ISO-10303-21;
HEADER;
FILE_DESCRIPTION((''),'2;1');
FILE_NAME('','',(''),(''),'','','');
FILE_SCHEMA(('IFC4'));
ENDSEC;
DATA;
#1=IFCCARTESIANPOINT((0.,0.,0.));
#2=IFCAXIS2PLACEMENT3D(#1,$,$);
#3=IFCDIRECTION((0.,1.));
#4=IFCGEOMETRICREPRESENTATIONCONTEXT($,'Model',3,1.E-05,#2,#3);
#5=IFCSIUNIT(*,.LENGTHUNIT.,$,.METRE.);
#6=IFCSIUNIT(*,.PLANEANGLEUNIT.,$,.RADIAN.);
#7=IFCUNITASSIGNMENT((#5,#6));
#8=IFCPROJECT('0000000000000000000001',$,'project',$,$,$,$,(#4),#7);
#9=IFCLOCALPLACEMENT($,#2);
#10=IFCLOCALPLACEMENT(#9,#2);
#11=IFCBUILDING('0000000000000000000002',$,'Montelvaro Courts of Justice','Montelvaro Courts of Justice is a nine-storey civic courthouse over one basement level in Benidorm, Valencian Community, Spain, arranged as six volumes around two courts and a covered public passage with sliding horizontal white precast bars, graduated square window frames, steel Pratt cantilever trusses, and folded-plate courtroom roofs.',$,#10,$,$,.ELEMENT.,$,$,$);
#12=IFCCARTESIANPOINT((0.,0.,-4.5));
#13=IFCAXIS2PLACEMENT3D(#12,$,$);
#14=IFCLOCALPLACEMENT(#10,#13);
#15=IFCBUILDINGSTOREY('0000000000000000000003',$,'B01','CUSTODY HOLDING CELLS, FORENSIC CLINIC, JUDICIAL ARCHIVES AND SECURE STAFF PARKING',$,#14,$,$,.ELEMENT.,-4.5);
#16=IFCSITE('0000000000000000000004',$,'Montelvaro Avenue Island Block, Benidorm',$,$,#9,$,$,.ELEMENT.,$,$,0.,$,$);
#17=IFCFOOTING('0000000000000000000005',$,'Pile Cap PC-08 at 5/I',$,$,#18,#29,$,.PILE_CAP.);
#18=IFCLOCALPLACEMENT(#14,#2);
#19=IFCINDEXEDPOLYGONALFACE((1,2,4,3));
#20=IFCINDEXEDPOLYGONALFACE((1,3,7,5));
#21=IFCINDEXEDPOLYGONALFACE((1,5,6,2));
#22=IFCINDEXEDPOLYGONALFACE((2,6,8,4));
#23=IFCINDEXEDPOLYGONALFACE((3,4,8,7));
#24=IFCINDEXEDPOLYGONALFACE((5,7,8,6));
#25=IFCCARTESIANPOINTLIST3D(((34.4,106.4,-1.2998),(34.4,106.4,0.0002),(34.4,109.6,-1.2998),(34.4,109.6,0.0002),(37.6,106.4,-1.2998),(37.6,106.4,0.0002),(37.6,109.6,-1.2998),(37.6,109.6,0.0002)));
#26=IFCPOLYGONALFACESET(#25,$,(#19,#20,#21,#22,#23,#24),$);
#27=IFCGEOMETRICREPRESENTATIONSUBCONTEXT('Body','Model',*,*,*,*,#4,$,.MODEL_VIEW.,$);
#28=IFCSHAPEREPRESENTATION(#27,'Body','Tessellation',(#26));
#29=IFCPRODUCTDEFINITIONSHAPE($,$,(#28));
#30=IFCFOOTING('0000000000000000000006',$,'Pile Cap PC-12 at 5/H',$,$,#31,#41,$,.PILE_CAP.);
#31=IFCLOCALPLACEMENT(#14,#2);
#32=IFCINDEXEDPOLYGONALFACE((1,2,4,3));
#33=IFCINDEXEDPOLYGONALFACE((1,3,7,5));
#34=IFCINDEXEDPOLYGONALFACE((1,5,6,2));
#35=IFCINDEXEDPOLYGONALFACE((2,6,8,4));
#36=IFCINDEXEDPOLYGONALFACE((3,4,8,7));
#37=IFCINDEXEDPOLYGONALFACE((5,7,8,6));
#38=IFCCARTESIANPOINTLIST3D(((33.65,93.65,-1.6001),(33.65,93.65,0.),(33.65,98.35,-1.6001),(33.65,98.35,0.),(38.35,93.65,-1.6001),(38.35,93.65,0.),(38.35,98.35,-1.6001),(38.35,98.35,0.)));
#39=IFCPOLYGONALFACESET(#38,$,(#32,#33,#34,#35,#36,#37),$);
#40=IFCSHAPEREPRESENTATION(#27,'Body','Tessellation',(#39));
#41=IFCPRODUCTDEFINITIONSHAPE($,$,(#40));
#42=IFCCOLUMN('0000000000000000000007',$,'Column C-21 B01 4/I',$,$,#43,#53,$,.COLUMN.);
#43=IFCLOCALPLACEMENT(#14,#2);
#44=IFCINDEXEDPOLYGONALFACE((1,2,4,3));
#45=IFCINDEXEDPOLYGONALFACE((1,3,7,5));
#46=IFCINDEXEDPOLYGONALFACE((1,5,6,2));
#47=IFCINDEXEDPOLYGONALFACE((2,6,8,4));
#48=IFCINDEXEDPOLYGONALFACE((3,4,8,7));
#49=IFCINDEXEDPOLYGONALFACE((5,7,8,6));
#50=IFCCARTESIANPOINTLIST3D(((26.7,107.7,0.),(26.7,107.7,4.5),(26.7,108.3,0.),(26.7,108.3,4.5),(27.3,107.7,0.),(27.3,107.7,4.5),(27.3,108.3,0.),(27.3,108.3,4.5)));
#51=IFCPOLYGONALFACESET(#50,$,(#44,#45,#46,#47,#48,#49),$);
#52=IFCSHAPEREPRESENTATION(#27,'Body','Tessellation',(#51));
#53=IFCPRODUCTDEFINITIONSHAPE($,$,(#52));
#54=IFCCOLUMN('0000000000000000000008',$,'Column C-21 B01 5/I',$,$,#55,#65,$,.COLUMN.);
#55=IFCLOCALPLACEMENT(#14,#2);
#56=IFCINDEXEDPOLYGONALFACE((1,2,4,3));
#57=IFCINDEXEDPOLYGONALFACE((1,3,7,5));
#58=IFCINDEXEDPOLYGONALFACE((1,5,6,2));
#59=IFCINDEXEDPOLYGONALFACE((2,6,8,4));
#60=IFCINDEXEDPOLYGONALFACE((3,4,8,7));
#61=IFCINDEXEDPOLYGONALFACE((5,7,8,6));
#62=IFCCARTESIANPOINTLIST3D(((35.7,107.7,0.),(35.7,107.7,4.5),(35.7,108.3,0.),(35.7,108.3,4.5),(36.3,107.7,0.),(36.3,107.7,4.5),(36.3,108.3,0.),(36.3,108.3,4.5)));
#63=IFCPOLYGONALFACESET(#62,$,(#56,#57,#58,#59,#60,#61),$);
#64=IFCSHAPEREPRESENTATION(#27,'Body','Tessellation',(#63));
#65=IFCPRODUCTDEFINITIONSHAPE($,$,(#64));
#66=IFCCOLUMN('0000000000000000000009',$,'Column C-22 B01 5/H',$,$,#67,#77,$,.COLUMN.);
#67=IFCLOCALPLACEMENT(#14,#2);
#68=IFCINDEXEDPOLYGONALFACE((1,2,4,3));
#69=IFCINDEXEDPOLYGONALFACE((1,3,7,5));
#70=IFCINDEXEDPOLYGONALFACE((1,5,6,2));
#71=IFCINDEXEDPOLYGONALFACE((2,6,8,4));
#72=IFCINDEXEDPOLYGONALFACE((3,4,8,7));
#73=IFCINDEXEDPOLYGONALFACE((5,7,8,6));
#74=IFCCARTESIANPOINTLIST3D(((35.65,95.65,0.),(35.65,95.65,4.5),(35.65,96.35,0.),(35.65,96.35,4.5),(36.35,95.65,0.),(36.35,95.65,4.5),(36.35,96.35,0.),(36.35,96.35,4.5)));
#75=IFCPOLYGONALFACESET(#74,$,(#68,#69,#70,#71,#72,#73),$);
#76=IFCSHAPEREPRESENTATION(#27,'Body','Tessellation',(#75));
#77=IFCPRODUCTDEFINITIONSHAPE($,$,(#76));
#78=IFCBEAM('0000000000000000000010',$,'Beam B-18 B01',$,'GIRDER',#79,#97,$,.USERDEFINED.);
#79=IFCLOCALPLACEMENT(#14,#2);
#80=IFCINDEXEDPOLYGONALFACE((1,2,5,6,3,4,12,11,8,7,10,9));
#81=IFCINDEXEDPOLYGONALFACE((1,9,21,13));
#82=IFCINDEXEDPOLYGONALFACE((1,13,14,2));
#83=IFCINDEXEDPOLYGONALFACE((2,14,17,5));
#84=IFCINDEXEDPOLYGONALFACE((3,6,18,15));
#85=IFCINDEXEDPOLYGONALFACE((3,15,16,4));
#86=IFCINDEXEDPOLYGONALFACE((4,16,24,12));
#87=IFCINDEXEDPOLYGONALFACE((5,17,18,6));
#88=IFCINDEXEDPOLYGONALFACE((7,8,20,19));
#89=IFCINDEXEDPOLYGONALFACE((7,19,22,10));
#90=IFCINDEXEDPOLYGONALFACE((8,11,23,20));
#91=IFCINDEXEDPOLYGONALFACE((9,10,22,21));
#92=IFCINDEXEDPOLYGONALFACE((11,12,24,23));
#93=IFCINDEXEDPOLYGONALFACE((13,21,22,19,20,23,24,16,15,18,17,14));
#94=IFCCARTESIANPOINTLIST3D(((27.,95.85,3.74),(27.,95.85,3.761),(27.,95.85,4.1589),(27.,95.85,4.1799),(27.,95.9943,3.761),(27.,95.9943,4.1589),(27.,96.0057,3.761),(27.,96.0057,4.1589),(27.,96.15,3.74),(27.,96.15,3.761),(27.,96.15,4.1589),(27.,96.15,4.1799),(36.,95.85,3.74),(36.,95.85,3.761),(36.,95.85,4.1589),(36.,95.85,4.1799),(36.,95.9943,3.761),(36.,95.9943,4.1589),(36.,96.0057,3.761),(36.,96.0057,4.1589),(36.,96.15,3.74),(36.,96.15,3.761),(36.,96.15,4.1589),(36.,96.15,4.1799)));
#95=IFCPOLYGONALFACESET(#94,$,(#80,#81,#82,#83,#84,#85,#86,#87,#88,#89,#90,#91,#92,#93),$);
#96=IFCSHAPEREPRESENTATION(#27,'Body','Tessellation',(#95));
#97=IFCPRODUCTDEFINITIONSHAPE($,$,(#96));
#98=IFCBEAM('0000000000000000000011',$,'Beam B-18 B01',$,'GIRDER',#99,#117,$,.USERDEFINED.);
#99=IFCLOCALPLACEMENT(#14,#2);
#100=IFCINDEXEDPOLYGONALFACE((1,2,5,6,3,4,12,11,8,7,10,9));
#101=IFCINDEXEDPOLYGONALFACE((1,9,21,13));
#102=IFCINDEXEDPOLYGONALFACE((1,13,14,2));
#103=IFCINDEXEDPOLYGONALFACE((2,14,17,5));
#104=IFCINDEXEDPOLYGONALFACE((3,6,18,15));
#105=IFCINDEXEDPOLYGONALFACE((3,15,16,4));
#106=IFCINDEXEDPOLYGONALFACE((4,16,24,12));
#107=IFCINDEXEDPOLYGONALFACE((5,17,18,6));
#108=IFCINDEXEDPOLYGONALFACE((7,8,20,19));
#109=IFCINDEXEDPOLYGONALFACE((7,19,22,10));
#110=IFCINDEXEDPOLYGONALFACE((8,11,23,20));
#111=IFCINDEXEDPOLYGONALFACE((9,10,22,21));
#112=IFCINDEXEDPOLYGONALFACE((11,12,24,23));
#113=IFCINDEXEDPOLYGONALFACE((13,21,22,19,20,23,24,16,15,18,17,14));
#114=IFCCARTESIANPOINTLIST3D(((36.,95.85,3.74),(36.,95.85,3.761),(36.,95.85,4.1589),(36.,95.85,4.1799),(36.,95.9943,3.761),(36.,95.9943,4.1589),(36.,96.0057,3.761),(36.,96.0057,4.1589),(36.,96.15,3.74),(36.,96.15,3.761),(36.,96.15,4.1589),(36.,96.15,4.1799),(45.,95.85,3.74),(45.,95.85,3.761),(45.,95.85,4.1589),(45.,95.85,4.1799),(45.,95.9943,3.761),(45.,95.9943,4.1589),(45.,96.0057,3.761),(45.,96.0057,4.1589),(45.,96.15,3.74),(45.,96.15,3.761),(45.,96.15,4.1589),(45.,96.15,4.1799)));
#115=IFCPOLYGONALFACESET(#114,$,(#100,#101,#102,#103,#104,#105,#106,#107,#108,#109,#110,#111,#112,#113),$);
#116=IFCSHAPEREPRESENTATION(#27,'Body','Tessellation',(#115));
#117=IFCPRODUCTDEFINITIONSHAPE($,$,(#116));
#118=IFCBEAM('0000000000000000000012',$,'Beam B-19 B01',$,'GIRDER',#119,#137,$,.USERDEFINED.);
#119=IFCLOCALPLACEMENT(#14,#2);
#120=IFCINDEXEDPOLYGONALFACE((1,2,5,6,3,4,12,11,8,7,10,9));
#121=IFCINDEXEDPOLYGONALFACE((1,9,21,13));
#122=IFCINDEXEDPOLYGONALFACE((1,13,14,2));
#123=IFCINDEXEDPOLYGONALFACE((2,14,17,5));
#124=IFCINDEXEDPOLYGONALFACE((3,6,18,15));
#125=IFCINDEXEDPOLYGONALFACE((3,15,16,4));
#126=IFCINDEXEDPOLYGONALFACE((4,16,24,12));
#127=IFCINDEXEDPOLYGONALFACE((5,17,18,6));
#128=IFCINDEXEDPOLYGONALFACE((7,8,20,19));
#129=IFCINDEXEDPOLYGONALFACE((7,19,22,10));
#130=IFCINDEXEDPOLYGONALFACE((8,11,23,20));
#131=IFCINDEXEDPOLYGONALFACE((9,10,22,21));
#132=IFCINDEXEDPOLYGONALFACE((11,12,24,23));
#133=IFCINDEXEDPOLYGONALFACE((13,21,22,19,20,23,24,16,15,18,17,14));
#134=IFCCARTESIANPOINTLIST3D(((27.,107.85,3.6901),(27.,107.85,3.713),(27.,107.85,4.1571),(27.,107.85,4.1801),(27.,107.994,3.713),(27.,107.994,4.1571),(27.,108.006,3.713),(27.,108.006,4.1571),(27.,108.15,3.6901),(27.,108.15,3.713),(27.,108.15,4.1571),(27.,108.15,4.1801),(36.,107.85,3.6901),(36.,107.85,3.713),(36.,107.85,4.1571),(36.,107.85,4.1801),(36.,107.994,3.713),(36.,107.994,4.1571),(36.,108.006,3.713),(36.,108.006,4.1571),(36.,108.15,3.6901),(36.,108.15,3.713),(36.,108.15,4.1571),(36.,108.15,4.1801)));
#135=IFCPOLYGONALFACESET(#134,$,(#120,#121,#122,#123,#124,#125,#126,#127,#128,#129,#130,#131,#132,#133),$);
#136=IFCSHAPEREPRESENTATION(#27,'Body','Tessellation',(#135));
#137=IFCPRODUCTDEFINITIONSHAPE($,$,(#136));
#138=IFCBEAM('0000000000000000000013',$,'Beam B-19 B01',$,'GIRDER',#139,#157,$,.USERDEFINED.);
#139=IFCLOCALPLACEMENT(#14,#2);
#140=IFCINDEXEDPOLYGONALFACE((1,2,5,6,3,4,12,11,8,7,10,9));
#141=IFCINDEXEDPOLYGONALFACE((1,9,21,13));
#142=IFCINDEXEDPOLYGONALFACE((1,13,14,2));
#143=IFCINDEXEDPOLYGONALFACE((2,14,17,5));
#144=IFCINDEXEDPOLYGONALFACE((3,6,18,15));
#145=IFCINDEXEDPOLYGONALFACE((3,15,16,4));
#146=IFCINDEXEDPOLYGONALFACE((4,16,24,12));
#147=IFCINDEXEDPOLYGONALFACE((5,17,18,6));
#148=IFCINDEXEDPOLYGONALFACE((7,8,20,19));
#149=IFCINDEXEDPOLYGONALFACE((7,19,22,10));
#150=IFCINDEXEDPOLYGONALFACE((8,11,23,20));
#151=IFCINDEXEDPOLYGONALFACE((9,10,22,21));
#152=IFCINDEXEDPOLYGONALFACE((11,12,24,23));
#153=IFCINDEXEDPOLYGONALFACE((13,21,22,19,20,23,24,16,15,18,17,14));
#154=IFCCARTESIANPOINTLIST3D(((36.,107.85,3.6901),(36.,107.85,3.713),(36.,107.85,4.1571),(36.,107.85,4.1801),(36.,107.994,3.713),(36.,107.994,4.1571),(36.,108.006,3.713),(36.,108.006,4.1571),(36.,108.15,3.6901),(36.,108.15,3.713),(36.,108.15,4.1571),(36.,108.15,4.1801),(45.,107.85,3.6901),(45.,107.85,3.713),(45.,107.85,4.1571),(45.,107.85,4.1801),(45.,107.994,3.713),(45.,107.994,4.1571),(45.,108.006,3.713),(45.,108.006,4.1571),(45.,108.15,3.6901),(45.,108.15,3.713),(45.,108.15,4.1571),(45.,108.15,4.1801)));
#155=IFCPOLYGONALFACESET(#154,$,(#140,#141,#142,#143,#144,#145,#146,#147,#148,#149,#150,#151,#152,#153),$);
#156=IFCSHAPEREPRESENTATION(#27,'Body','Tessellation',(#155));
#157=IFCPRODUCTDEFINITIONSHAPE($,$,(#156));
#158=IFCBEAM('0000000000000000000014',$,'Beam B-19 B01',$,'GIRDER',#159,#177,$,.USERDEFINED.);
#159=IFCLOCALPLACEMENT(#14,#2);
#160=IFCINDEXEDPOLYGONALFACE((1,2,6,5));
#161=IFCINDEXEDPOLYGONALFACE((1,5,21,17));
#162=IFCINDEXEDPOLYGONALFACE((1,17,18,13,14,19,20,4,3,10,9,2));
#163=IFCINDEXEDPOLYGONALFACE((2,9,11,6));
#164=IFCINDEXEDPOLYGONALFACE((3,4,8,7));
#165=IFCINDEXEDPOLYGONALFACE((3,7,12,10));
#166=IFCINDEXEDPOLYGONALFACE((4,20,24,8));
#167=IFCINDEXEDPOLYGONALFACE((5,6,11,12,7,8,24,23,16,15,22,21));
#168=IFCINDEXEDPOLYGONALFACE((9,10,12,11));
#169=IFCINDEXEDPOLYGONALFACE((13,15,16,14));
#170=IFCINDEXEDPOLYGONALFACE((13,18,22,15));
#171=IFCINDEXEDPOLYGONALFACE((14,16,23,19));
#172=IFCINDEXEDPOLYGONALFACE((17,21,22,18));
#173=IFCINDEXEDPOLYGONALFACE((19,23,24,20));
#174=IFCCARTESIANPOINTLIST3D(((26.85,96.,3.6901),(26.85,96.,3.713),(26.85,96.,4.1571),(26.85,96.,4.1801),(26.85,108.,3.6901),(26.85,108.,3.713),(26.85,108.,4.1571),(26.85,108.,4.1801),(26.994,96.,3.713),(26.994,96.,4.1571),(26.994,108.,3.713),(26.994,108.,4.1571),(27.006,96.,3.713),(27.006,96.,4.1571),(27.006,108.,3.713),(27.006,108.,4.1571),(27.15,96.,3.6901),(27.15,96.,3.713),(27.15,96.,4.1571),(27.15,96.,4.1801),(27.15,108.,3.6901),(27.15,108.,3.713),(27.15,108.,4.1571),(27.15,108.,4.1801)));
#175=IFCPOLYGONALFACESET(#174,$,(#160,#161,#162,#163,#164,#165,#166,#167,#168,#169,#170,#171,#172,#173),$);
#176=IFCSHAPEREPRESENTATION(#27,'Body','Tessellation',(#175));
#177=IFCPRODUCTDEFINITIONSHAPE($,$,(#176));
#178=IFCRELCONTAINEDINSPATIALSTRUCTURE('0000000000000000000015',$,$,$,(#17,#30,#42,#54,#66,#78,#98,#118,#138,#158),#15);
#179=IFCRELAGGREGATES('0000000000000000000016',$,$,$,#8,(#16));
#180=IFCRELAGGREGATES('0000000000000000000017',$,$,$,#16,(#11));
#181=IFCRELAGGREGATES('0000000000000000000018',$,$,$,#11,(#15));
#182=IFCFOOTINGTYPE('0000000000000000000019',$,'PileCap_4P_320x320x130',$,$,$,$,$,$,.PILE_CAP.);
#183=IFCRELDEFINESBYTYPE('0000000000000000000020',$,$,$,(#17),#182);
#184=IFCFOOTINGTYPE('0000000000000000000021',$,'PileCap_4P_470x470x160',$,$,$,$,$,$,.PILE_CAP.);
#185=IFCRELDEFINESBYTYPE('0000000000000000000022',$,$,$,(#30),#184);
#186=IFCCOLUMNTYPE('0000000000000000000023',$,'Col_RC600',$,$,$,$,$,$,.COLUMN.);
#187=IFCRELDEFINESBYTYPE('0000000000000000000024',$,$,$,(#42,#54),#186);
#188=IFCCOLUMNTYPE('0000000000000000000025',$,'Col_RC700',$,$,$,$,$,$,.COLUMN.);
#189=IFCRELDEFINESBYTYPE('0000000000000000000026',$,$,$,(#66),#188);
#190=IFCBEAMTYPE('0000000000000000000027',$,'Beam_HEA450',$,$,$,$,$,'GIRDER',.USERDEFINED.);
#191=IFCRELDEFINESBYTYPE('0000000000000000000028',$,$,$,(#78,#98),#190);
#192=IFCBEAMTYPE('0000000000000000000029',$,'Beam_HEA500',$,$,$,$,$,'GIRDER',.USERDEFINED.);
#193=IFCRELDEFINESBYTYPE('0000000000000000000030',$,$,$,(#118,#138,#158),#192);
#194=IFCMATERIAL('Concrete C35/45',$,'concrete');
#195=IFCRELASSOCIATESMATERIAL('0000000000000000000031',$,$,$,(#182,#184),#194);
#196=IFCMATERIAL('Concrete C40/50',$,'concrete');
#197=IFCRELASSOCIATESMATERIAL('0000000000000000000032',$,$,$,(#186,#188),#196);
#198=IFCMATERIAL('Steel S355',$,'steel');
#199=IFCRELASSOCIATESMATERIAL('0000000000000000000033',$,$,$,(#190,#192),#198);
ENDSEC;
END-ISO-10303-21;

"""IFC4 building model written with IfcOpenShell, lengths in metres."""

from ifc_helpers import new_model, si_unit, direction, frame, origin, origin_2d, place, context, subcontext, project, spatial, rectangle, i_section, extrude, material, material_profile, profile_set, type_object, element, save


model = new_model("IFC4")

# Units and contexts
model_context = context("Model", 3, precision=1e-05, world=origin(), true_north=direction((0.0, 1.0)))
body_context = subcontext(model_context, "Body", "Model", "MODEL_VIEW")
ifc_project = project(units=[si_unit("LENGTHUNIT", "METRE"), si_unit("PLANEANGLEUNIT", "RADIAN")], contexts=[model_context])

# Site, building, storey
site_placement = place(None, origin())
site = spatial("IfcSite", under=ifc_project, at=site_placement, Name="Montelvaro Avenue Island Block, Benidorm", CompositionType="ELEMENT", RefElevation=0.0)
building_placement = place(site_placement, origin())
building = spatial("IfcBuilding", under=site, at=building_placement, Name="Montelvaro Courts of Justice", Description="Montelvaro Courts of Justice is a nine-storey civic courthouse over one basement level in Benidorm, Valencian Community, Spain, arranged as six volumes around two courts and a covered public passage with sliding horizontal white precast bars, graduated square window frames, steel Pratt cantilever trusses, and folded-plate courtroom roofs.", CompositionType="ELEMENT")
storey_placement = place(building_placement, frame((0.0, 0.0, -4.5)))
storey = spatial("IfcBuildingStorey", under=building, at=storey_placement, Name="B01", Description="CUSTODY HOLDING CELLS, FORENSIC CLINIC, JUDICIAL ARCHIVES AND SECURE STAFF PARKING", CompositionType="ELEMENT", Elevation=-4.5)

# Shared definitions
ifc_material_1 = material(Name="Concrete C35/45", Category="concrete")

# Footings
footing_type_1 = type_object("IfcFootingType", Name="PileCap_4P_320x320x130", PredefinedType="PILE_CAP", material=ifc_material_1)
footing_1_placement = place(storey_placement, frame((36.0, 108.0, -1.2998), z_axis=(0.0, 0.0, 1.0), x_axis=(1.0, 0.0, 0.0)))
element("IfcFooting", 1, at=footing_1_placement, inside=storey, type_object=footing_type_1, Name="Pile Cap PC-08 at 5/I", PredefinedType="PILE_CAP", context=body_context, shape_type="SweptSolid", body=[
    extrude(rectangle(XDim=3.2, YDim=3.2, at=origin_2d()), origin(), (0.0, 0.0, 1.0), 1.3),
])
footing_type_2 = type_object("IfcFootingType", Name="PileCap_4P_470x470x160", PredefinedType="PILE_CAP", material=ifc_material_1)
footing_2_placement = place(storey_placement, frame((36.0, 96.0, -1.6001), z_axis=(0.0, 0.0, 1.0), x_axis=(1.0, 0.0, 0.0)))
element("IfcFooting", 2, at=footing_2_placement, inside=storey, type_object=footing_type_2, Name="Pile Cap PC-12 at 5/H", PredefinedType="PILE_CAP", context=body_context, shape_type="SweptSolid", body=[
    extrude(rectangle(XDim=4.7, YDim=4.7, at=origin_2d()), origin(), (0.0, 0.0, 1.0), 1.6001),
])

# Columns
ifc_material_2 = material(Name="Concrete C40/50", Category="concrete")
ifc_material_profile_1 = material_profile(ifc_material_2, rectangle(XDim=0.6001, YDim=0.6001, at=origin_2d()), Name="RC 600x600")
ifc_profile_set_1 = profile_set([ifc_material_profile_1], Name="Concrete C40/50")
column_type_1 = type_object("IfcColumnType", Name="Col_RC600", PredefinedType="COLUMN", material=ifc_profile_set_1)
for number, where, z_axis, x_axis, name in (
    (3, (27.0, 108.0, 0.0), (0.0, 0.0, 1.0), (1.0, 0.0, 0.0), "Column C-21 B01 4/I"),
    (4, (36.0, 108.0, 0.0), (0.0, 0.0, 1.0), (1.0, 0.0, 0.0), "Column C-21 B01 5/I"),
):
    element("IfcColumn", number, at=place(storey_placement, frame(where, z_axis=z_axis, x_axis=x_axis)), inside=storey, type_object=column_type_1, Name=name, PredefinedType="COLUMN", context=body_context, shape_type="SweptSolid", body=[
        extrude(rectangle(XDim=0.6001, YDim=0.6001, at=origin_2d()), origin(), (0.0, 0.0, 1.0), 4.5),
    ])
ifc_material_profile_2 = material_profile(ifc_material_2, rectangle(XDim=0.7, YDim=0.7, at=origin_2d()), Name="RC 700x700")
ifc_profile_set_2 = profile_set([ifc_material_profile_2], Name="Concrete C40/50")
column_type_2 = type_object("IfcColumnType", Name="Col_RC700", PredefinedType="COLUMN", material=ifc_profile_set_2)
column_placement = place(storey_placement, frame((36.0, 96.0, 0.0), z_axis=(0.0, 0.0, 1.0), x_axis=(1.0, 0.0, 0.0)))
element("IfcColumn", 5, at=column_placement, inside=storey, type_object=column_type_2, Name="Column C-22 B01 5/H", PredefinedType="COLUMN", context=body_context, shape_type="SweptSolid", body=[
    extrude(rectangle(XDim=0.7, YDim=0.7, at=origin_2d()), origin(), (0.0, 0.0, 1.0), 4.5),
])

# Beams
ifc_material_3 = material(Name="Steel S355", Category="steel")
ifc_material_profile_3 = material_profile(ifc_material_3, i_section(OverallWidth=0.3, OverallDepth=0.4399, WebThickness=0.0115, FlangeThickness=0.021, at=origin_2d()), Name="HEA 450")
ifc_profile_set_3 = profile_set([ifc_material_profile_3], Name="Steel S355")
beam_type_1 = type_object("IfcBeamType", Name="Beam_HEA450", ElementType="GIRDER", PredefinedType="USERDEFINED", material=ifc_profile_set_3)
for number, where, z_axis, x_axis, name in (
    (6, (27.0, 96.0, 3.96), (1.0, 0.0, 0.0), (0.0, 1.0, 0.0), "Beam B-18 B01"),
    (7, (36.0, 96.0, 3.96), (1.0, 0.0, 0.0), (0.0, 1.0, 0.0), "Beam B-18 B01"),
):
    element("IfcBeam", number, at=place(storey_placement, frame(where, z_axis=z_axis, x_axis=x_axis)), inside=storey, type_object=beam_type_1, Name=name, ObjectType="GIRDER", PredefinedType="USERDEFINED", context=body_context, shape_type="SweptSolid", body=[
        extrude(i_section(OverallWidth=0.3, OverallDepth=0.4399, WebThickness=0.0115, FlangeThickness=0.021, at=origin_2d()), origin(), (0.0, 0.0, 1.0), 9.0),
    ])
ifc_material_profile_4 = material_profile(ifc_material_3, i_section(OverallWidth=0.3, OverallDepth=0.49, WebThickness=0.012, FlangeThickness=0.0229, at=origin_2d()), Name="HEA 500")
ifc_profile_set_4 = profile_set([ifc_material_profile_4], Name="Steel S355")
beam_type_2 = type_object("IfcBeamType", Name="Beam_HEA500", ElementType="GIRDER", PredefinedType="USERDEFINED", material=ifc_profile_set_4)
for number, where, z_axis, x_axis, name in (
    (8, (27.0, 108.0, 3.9351), (1.0, 0.0, 0.0), (0.0, 1.0, 0.0), "Beam B-19 B01"),
    (9, (36.0, 108.0, 3.9351), (1.0, 0.0, 0.0), (0.0, 1.0, 0.0), "Beam B-19 B01"),
):
    element("IfcBeam", number, at=place(storey_placement, frame(where, z_axis=z_axis, x_axis=x_axis)), inside=storey, type_object=beam_type_2, Name=name, ObjectType="GIRDER", PredefinedType="USERDEFINED", context=body_context, shape_type="SweptSolid", body=[
        extrude(i_section(OverallWidth=0.3, OverallDepth=0.49, WebThickness=0.012, FlangeThickness=0.0229, at=origin_2d()), origin(), (0.0, 0.0, 1.0), 9.0),
    ])
beam_1_placement = place(storey_placement, frame((27.0, 96.0, 3.9351), z_axis=(0.0, 1.0, 0.0), x_axis=(-1.0, 0.0, 0.0)))
element("IfcBeam", 10, at=beam_1_placement, inside=storey, type_object=beam_type_2, Name="Beam B-19 B01", ObjectType="GIRDER", PredefinedType="USERDEFINED", context=body_context, shape_type="SweptSolid", body=[
    extrude(i_section(OverallWidth=0.3, OverallDepth=0.49, WebThickness=0.012, FlangeThickness=0.0229, at=origin_2d()), origin(), (0.0, 0.0, 1.0), 12.0),
])

save(model, "model.ifc")
